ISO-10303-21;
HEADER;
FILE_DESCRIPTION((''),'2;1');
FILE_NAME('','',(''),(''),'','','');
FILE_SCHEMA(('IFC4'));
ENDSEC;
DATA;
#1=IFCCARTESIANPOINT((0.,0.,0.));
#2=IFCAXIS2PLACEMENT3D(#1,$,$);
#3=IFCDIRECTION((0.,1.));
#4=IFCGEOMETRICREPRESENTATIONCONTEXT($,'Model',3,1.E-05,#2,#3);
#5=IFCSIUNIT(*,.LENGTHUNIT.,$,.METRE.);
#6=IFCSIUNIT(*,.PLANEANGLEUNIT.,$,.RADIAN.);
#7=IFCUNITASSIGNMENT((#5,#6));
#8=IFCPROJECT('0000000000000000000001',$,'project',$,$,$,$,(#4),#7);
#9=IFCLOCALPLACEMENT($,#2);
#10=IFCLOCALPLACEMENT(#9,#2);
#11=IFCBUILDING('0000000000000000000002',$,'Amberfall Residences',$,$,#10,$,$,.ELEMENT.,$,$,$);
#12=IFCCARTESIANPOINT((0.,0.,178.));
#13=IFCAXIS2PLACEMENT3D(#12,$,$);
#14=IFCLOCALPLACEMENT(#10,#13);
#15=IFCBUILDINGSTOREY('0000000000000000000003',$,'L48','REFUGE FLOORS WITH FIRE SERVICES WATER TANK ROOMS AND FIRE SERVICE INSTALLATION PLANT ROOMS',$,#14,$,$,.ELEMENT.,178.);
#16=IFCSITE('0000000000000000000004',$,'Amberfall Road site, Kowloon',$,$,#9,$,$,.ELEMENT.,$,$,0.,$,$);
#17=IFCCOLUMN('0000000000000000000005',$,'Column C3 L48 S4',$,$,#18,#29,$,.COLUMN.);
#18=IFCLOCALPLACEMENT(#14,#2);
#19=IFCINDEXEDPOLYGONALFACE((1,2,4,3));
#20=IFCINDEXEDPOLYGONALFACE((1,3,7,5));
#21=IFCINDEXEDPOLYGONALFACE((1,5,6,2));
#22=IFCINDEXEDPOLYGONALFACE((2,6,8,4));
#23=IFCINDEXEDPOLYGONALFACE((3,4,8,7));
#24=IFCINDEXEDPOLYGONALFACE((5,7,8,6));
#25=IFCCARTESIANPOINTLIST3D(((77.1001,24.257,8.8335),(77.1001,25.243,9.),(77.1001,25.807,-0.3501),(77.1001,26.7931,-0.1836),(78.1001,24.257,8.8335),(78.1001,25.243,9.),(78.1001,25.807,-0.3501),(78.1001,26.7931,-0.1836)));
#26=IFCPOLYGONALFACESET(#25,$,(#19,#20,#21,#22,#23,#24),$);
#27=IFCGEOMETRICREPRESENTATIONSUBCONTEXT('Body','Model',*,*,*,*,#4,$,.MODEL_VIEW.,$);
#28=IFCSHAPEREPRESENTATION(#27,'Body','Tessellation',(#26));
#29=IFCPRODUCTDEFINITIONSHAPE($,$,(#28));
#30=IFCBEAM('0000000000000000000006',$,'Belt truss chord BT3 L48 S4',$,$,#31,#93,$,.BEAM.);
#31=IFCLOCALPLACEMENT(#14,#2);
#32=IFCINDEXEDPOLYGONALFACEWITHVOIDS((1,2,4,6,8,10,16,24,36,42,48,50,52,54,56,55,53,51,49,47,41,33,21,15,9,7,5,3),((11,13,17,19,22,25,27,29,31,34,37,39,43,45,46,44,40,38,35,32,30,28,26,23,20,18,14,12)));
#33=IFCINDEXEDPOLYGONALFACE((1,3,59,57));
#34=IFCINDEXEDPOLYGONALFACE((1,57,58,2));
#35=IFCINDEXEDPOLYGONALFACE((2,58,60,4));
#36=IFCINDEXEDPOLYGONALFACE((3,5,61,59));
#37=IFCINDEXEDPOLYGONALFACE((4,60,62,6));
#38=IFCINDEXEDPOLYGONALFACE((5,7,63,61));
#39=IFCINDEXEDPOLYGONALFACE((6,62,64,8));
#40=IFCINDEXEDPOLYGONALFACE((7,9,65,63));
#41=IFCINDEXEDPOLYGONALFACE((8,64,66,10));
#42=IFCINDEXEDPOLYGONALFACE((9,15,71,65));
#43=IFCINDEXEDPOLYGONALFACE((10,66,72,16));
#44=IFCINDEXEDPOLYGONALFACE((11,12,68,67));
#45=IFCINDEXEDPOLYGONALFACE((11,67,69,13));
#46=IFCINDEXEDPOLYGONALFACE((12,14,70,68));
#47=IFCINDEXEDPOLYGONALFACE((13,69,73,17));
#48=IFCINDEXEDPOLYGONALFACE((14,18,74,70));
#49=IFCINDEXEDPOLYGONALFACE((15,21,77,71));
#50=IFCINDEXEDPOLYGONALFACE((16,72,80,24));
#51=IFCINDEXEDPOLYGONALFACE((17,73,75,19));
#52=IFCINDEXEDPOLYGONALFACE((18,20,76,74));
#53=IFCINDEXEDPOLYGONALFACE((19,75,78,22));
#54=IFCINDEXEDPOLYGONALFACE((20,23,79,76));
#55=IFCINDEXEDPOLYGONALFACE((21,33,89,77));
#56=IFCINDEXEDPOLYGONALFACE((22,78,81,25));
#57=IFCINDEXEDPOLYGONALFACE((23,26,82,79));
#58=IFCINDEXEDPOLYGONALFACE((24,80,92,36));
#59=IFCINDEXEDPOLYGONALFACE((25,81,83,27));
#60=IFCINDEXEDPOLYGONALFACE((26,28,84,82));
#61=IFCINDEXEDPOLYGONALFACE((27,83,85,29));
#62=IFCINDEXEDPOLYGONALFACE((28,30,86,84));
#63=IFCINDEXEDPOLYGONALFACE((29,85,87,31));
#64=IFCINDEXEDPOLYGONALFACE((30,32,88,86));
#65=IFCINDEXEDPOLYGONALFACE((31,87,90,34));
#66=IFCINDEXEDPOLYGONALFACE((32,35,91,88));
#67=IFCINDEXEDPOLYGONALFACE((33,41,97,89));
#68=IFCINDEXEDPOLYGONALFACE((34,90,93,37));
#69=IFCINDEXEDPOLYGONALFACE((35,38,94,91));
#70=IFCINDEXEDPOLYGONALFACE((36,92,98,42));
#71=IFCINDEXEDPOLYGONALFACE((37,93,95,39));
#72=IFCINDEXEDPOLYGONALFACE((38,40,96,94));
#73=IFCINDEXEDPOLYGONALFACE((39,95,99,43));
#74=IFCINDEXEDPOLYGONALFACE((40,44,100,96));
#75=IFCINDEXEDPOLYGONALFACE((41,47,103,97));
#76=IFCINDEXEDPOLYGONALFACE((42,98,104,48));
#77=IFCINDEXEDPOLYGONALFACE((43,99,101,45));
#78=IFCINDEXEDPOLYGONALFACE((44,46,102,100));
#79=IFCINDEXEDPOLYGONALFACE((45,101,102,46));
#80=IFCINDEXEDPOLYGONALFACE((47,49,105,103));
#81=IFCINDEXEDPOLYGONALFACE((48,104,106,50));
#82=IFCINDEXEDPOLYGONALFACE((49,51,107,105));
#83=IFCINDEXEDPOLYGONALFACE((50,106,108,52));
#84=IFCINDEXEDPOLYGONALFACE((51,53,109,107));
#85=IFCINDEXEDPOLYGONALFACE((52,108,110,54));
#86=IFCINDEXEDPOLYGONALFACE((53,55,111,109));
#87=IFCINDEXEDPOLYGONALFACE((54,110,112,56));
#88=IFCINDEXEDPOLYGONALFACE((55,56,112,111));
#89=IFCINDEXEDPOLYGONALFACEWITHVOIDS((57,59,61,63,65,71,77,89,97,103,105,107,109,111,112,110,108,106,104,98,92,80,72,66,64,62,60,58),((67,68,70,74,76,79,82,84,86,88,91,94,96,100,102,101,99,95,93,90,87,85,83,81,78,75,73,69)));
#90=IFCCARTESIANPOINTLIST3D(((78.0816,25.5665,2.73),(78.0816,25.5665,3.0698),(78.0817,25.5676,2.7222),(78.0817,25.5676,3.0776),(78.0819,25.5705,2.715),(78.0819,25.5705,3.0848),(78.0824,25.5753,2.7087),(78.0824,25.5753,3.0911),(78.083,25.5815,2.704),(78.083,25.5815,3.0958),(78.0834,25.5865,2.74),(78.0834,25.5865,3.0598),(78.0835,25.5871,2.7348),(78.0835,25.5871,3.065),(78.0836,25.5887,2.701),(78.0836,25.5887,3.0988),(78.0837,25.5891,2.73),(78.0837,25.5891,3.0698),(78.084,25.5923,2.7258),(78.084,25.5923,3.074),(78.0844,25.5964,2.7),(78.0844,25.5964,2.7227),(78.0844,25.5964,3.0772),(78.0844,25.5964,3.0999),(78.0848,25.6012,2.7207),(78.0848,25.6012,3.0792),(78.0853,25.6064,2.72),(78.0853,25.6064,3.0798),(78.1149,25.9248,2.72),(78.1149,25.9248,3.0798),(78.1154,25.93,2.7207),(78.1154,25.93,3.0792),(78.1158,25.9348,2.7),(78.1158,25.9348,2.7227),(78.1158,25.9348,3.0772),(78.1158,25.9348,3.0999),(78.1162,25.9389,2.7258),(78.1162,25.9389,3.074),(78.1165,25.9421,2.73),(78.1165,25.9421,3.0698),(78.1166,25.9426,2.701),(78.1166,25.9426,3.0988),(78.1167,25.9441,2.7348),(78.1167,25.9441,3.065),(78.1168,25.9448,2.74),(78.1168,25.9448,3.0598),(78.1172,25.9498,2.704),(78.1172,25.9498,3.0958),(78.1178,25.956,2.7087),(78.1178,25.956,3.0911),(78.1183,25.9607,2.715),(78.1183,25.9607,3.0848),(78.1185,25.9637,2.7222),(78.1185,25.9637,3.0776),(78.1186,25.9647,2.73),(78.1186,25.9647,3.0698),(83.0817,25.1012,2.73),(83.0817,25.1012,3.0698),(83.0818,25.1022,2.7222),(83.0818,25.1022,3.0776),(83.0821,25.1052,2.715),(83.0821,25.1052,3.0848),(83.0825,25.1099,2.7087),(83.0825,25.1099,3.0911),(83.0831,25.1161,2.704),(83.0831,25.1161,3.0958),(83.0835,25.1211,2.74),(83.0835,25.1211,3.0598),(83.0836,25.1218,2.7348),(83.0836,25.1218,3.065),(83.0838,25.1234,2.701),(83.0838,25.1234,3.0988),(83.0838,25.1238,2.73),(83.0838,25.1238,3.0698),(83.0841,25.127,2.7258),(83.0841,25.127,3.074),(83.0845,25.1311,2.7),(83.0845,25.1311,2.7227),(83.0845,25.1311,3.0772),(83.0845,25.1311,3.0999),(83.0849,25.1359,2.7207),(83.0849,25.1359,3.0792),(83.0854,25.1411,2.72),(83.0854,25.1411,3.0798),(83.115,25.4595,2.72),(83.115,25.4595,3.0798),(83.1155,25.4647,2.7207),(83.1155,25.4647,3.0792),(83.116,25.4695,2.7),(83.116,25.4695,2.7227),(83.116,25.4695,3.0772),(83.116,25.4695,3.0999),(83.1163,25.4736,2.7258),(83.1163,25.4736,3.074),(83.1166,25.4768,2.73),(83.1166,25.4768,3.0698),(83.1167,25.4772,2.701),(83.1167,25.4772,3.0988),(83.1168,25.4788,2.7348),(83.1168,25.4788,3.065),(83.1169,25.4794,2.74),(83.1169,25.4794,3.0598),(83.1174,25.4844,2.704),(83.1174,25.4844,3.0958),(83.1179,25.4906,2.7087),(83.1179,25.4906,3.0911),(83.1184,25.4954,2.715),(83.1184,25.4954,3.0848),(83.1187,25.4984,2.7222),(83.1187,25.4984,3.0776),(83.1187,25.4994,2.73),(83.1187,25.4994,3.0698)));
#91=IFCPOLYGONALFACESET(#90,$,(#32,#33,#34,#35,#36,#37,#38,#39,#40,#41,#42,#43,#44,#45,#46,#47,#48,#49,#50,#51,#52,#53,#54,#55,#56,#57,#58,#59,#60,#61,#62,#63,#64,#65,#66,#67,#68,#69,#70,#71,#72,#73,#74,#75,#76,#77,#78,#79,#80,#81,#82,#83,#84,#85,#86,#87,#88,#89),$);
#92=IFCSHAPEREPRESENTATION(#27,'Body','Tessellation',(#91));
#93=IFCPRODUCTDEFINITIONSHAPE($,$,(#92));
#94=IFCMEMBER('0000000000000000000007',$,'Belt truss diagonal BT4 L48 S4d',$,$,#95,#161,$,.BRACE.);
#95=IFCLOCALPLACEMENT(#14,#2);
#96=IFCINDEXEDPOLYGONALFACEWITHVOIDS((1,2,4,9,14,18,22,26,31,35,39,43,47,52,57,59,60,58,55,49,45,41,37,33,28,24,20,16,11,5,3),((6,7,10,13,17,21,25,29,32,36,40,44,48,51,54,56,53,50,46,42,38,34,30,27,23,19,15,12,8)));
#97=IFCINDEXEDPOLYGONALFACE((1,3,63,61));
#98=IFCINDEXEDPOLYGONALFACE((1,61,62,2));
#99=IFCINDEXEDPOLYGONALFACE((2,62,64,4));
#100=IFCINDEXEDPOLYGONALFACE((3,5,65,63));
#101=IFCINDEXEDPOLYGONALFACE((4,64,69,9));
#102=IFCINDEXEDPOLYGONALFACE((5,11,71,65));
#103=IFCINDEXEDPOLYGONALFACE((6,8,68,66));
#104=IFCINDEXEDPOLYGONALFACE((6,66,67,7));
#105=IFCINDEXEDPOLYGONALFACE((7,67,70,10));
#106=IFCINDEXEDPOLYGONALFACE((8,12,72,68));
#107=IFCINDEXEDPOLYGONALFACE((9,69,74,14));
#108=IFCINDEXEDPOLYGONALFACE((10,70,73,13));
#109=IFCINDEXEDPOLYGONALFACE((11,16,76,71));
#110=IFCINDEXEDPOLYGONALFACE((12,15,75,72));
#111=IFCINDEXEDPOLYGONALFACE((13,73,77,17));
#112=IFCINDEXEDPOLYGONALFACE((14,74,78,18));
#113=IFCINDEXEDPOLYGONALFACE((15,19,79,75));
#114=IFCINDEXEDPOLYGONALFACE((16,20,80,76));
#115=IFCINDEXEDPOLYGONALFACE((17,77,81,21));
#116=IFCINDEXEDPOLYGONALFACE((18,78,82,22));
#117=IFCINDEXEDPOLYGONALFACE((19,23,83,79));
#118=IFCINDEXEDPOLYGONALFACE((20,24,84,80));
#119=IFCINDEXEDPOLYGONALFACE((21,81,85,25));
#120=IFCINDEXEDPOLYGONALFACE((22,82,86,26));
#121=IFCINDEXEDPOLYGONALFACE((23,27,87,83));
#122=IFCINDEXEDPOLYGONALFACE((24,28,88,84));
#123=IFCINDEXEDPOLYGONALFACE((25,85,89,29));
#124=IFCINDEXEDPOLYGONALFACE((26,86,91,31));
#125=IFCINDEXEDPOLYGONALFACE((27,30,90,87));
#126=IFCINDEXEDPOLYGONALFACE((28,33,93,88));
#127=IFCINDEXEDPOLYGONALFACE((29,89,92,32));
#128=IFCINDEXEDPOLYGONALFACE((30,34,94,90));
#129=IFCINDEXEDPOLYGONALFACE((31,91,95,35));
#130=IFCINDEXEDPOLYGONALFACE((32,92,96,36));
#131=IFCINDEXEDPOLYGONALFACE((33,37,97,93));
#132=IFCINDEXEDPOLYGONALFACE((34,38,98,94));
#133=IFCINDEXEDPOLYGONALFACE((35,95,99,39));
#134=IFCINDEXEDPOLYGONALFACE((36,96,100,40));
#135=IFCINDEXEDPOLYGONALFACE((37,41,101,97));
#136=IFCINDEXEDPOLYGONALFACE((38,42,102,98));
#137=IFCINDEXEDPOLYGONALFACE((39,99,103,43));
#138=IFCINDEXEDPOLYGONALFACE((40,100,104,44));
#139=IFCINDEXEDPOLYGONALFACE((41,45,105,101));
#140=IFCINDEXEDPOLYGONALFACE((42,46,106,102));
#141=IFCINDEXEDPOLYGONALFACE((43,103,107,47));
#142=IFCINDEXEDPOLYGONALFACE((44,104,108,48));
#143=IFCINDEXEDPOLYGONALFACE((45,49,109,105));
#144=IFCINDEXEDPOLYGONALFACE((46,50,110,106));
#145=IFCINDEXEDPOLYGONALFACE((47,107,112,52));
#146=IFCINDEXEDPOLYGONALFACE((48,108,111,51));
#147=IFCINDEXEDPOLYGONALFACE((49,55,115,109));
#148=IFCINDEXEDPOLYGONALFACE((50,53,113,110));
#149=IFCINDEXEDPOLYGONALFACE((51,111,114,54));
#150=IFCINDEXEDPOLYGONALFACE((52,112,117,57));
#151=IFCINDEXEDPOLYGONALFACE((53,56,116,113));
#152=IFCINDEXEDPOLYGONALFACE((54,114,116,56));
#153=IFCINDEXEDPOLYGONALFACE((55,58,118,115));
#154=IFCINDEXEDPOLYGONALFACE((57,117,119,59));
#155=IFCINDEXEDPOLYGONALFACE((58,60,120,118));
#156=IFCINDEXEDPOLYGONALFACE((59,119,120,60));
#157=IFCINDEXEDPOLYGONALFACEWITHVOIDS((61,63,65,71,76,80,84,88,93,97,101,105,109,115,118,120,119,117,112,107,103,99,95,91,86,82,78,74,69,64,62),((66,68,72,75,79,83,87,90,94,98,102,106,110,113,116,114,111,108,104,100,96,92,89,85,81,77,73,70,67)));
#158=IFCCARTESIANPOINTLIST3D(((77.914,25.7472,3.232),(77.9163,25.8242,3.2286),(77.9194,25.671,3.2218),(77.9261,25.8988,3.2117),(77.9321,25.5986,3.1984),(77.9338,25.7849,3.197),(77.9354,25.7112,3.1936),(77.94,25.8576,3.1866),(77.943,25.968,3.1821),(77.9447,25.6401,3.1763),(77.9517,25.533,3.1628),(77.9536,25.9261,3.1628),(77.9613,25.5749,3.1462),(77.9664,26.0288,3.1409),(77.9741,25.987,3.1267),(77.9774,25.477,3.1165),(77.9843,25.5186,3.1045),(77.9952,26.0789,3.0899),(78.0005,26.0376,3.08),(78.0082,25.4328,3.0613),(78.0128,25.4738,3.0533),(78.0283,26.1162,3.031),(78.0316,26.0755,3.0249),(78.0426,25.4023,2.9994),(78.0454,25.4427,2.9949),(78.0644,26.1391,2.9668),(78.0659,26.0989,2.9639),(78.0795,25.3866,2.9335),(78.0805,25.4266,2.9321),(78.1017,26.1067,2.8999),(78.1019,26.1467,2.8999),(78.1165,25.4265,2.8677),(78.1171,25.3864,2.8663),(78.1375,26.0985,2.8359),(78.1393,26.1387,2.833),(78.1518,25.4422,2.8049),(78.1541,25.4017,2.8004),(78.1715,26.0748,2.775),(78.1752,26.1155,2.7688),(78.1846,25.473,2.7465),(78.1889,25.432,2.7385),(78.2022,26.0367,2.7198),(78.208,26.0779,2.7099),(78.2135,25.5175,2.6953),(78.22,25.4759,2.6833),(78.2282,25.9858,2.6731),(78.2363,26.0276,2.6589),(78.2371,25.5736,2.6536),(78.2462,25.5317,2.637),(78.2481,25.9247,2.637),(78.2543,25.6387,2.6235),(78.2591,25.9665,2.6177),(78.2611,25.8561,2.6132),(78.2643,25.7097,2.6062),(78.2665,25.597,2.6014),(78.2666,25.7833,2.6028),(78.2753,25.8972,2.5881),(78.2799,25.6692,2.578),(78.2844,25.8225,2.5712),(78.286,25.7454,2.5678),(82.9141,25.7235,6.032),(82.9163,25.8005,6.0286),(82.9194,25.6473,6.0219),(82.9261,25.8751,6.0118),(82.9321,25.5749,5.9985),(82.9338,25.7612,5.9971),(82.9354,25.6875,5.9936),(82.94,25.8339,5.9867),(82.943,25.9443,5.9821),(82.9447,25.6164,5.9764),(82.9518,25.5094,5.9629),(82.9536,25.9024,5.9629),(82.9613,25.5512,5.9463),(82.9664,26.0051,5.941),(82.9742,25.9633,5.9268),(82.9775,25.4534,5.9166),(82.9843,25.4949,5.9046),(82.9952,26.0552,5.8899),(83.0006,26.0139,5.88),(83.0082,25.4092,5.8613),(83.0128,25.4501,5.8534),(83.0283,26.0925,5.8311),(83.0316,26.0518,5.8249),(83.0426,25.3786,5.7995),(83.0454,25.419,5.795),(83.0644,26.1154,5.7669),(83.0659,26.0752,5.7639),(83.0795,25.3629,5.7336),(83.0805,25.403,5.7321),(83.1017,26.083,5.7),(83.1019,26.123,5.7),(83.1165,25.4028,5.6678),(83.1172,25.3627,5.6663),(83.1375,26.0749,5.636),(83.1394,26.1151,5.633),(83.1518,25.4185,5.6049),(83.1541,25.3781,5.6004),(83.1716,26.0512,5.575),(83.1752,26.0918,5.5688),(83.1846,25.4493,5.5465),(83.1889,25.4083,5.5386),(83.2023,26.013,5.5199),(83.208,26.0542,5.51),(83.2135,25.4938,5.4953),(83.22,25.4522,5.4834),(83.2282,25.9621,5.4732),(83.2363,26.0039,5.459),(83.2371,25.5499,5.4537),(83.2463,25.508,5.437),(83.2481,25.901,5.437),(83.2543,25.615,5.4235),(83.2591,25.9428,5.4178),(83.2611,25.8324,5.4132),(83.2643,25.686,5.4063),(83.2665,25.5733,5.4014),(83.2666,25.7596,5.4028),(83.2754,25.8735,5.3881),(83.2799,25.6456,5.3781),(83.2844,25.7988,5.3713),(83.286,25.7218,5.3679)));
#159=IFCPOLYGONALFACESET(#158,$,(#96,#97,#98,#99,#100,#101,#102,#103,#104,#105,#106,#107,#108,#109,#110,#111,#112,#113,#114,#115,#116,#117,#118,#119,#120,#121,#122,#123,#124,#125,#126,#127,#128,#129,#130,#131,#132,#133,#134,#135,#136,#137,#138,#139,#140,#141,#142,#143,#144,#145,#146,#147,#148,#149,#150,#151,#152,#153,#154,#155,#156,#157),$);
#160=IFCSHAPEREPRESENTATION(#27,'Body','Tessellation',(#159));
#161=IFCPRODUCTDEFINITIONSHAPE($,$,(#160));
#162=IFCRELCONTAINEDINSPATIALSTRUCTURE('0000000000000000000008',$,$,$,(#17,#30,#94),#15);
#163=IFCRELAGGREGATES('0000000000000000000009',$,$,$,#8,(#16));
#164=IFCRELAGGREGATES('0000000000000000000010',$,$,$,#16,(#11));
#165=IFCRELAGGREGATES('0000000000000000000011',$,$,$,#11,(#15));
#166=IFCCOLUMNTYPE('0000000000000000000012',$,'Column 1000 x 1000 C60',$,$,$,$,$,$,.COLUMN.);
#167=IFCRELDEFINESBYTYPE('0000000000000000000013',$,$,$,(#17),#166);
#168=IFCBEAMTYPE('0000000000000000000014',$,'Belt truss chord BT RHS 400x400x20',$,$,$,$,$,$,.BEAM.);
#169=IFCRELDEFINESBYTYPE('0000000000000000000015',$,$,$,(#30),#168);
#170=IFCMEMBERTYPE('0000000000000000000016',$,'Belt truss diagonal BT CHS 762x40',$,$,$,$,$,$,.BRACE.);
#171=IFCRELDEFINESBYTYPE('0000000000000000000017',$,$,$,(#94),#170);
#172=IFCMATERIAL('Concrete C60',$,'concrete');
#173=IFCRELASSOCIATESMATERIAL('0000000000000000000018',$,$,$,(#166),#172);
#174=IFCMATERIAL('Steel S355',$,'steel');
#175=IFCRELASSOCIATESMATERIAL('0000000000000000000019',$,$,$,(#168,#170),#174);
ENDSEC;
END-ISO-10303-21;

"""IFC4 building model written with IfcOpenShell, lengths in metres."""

from ifc_helpers import new_model, si_unit, direction, frame, origin, origin_2d, place, context, subcontext, project, spatial, rectangle, hollow_rectangle, hollow_circle, extrude, material, material_profile, profile_set, type_object, element, save


model = new_model("IFC4")

# Units and contexts
model_context = context("Model", 3, precision=1e-05, world=origin(), true_north=direction((0.0, 1.0)))
body_context = subcontext(model_context, "Body", "Model", "MODEL_VIEW")
ifc_project = project(units=[si_unit("LENGTHUNIT", "METRE"), si_unit("PLANEANGLEUNIT", "RADIAN")], contexts=[model_context])

# Site, building, storey
site_placement = place(None, origin())
site = spatial("IfcSite", under=ifc_project, at=site_placement, Name="Amberfall Road site, Kowloon", CompositionType="ELEMENT", RefElevation=0.0)
building_placement = place(site_placement, origin())
building = spatial("IfcBuilding", under=site, at=building_placement, Name="Amberfall Residences", CompositionType="ELEMENT")
storey_placement = place(building_placement, frame((0.0, 0.0, 178.0)))
storey = spatial("IfcBuildingStorey", under=building, at=storey_placement, Name="L48", Description="REFUGE FLOORS WITH FIRE SERVICES WATER TANK ROOMS AND FIRE SERVICE INSTALLATION PLANT ROOMS", CompositionType="ELEMENT", Elevation=178.0)

# Column
ifc_material_1 = material(Name="Concrete C60", Category="concrete")
ifc_material_profile_1 = material_profile(ifc_material_1, rectangle(XDim=1.0, YDim=1.0, at=origin_2d()), Name="Column 1000 x 1000 C60")
ifc_profile_set_1 = profile_set([ifc_material_profile_1], Name="Concrete C60")
column_type = type_object("IfcColumnType", Name="Column 1000 x 1000 C60", PredefinedType="COLUMN", material=ifc_profile_set_1)
column_placement = place(storey_placement, frame((77.6001, 26.3, -0.2668), z_axis=(0.0, -0.166431, 0.986053), x_axis=(1.0, 0.0, 0.0)))
element("IfcColumn", 1, at=column_placement, inside=storey, type_object=column_type, Name="Column C3 L48 S4", PredefinedType="COLUMN", context=body_context, shape_type="SweptSolid", body=[
    extrude(rectangle(XDim=1.0, YDim=1.0, at=origin_2d()), origin(), (0.0, 0.0, 1.0), 9.3135),
])

# Beam
ifc_material_2 = material(Name="Steel S355", Category="steel")
ifc_material_profile_2 = material_profile(ifc_material_2, hollow_rectangle(XDim=0.3999, YDim=0.3999, WallThickness=0.02, InnerFilletRadius=0.02, OuterFilletRadius=0.03, at=origin_2d()), Name="RHS 400x400x20")
ifc_profile_set_2 = profile_set([ifc_material_profile_2], Name="Steel S355")
beam_type_1 = type_object("IfcBeamType", Name="Belt truss chord BT RHS 400x400x20", PredefinedType="BEAM", material=ifc_profile_set_2)
beam_1_placement = place(storey_placement, frame((78.1001, 25.7656, 2.8999), z_axis=(0.995697, -0.092666, 0.0), x_axis=(0.092666, 0.995697, 0.0)))
element("IfcBeam", 2, at=beam_1_placement, inside=storey, type_object=beam_type_1, Name="Belt truss chord BT3 L48 S4", PredefinedType="BEAM", context=body_context, shape_type="SweptSolid", body=[
    extrude(hollow_rectangle(XDim=0.3999, YDim=0.3999, WallThickness=0.02, InnerFilletRadius=0.02, OuterFilletRadius=0.03, at=origin_2d()), origin(), (0.0, 0.0, 1.0), 5.0217),
])

# Member
ifc_material_profile_3 = material_profile(ifc_material_2, hollow_circle(Radius=0.3811, WallThickness=0.04, at=origin_2d()), Name="CHS 762x40")
ifc_profile_set_3 = profile_set([ifc_material_profile_3], Name="Steel S355")
member_type_1 = type_object("IfcMemberType", Name="Belt truss diagonal BT CHS 762x40", PredefinedType="BRACE", material=ifc_profile_set_3)
member_1_placement = place(storey_placement, frame((78.1001, 25.7656, 2.8999), z_axis=(0.872495, -0.004132, 0.488606), x_axis=(0.004736, 0.999989, 0.0)))
element("IfcMember", 3, at=member_1_placement, inside=storey, type_object=member_type_1, Name="Belt truss diagonal BT4 L48 S4d", PredefinedType="BRACE", context=body_context, shape_type="SweptSolid", body=[
    extrude(hollow_circle(Radius=0.3811, WallThickness=0.04, at=origin_2d()), origin(), (0.0, 0.0, 1.0), 5.7307),
])

save(model, "model.ifc")
